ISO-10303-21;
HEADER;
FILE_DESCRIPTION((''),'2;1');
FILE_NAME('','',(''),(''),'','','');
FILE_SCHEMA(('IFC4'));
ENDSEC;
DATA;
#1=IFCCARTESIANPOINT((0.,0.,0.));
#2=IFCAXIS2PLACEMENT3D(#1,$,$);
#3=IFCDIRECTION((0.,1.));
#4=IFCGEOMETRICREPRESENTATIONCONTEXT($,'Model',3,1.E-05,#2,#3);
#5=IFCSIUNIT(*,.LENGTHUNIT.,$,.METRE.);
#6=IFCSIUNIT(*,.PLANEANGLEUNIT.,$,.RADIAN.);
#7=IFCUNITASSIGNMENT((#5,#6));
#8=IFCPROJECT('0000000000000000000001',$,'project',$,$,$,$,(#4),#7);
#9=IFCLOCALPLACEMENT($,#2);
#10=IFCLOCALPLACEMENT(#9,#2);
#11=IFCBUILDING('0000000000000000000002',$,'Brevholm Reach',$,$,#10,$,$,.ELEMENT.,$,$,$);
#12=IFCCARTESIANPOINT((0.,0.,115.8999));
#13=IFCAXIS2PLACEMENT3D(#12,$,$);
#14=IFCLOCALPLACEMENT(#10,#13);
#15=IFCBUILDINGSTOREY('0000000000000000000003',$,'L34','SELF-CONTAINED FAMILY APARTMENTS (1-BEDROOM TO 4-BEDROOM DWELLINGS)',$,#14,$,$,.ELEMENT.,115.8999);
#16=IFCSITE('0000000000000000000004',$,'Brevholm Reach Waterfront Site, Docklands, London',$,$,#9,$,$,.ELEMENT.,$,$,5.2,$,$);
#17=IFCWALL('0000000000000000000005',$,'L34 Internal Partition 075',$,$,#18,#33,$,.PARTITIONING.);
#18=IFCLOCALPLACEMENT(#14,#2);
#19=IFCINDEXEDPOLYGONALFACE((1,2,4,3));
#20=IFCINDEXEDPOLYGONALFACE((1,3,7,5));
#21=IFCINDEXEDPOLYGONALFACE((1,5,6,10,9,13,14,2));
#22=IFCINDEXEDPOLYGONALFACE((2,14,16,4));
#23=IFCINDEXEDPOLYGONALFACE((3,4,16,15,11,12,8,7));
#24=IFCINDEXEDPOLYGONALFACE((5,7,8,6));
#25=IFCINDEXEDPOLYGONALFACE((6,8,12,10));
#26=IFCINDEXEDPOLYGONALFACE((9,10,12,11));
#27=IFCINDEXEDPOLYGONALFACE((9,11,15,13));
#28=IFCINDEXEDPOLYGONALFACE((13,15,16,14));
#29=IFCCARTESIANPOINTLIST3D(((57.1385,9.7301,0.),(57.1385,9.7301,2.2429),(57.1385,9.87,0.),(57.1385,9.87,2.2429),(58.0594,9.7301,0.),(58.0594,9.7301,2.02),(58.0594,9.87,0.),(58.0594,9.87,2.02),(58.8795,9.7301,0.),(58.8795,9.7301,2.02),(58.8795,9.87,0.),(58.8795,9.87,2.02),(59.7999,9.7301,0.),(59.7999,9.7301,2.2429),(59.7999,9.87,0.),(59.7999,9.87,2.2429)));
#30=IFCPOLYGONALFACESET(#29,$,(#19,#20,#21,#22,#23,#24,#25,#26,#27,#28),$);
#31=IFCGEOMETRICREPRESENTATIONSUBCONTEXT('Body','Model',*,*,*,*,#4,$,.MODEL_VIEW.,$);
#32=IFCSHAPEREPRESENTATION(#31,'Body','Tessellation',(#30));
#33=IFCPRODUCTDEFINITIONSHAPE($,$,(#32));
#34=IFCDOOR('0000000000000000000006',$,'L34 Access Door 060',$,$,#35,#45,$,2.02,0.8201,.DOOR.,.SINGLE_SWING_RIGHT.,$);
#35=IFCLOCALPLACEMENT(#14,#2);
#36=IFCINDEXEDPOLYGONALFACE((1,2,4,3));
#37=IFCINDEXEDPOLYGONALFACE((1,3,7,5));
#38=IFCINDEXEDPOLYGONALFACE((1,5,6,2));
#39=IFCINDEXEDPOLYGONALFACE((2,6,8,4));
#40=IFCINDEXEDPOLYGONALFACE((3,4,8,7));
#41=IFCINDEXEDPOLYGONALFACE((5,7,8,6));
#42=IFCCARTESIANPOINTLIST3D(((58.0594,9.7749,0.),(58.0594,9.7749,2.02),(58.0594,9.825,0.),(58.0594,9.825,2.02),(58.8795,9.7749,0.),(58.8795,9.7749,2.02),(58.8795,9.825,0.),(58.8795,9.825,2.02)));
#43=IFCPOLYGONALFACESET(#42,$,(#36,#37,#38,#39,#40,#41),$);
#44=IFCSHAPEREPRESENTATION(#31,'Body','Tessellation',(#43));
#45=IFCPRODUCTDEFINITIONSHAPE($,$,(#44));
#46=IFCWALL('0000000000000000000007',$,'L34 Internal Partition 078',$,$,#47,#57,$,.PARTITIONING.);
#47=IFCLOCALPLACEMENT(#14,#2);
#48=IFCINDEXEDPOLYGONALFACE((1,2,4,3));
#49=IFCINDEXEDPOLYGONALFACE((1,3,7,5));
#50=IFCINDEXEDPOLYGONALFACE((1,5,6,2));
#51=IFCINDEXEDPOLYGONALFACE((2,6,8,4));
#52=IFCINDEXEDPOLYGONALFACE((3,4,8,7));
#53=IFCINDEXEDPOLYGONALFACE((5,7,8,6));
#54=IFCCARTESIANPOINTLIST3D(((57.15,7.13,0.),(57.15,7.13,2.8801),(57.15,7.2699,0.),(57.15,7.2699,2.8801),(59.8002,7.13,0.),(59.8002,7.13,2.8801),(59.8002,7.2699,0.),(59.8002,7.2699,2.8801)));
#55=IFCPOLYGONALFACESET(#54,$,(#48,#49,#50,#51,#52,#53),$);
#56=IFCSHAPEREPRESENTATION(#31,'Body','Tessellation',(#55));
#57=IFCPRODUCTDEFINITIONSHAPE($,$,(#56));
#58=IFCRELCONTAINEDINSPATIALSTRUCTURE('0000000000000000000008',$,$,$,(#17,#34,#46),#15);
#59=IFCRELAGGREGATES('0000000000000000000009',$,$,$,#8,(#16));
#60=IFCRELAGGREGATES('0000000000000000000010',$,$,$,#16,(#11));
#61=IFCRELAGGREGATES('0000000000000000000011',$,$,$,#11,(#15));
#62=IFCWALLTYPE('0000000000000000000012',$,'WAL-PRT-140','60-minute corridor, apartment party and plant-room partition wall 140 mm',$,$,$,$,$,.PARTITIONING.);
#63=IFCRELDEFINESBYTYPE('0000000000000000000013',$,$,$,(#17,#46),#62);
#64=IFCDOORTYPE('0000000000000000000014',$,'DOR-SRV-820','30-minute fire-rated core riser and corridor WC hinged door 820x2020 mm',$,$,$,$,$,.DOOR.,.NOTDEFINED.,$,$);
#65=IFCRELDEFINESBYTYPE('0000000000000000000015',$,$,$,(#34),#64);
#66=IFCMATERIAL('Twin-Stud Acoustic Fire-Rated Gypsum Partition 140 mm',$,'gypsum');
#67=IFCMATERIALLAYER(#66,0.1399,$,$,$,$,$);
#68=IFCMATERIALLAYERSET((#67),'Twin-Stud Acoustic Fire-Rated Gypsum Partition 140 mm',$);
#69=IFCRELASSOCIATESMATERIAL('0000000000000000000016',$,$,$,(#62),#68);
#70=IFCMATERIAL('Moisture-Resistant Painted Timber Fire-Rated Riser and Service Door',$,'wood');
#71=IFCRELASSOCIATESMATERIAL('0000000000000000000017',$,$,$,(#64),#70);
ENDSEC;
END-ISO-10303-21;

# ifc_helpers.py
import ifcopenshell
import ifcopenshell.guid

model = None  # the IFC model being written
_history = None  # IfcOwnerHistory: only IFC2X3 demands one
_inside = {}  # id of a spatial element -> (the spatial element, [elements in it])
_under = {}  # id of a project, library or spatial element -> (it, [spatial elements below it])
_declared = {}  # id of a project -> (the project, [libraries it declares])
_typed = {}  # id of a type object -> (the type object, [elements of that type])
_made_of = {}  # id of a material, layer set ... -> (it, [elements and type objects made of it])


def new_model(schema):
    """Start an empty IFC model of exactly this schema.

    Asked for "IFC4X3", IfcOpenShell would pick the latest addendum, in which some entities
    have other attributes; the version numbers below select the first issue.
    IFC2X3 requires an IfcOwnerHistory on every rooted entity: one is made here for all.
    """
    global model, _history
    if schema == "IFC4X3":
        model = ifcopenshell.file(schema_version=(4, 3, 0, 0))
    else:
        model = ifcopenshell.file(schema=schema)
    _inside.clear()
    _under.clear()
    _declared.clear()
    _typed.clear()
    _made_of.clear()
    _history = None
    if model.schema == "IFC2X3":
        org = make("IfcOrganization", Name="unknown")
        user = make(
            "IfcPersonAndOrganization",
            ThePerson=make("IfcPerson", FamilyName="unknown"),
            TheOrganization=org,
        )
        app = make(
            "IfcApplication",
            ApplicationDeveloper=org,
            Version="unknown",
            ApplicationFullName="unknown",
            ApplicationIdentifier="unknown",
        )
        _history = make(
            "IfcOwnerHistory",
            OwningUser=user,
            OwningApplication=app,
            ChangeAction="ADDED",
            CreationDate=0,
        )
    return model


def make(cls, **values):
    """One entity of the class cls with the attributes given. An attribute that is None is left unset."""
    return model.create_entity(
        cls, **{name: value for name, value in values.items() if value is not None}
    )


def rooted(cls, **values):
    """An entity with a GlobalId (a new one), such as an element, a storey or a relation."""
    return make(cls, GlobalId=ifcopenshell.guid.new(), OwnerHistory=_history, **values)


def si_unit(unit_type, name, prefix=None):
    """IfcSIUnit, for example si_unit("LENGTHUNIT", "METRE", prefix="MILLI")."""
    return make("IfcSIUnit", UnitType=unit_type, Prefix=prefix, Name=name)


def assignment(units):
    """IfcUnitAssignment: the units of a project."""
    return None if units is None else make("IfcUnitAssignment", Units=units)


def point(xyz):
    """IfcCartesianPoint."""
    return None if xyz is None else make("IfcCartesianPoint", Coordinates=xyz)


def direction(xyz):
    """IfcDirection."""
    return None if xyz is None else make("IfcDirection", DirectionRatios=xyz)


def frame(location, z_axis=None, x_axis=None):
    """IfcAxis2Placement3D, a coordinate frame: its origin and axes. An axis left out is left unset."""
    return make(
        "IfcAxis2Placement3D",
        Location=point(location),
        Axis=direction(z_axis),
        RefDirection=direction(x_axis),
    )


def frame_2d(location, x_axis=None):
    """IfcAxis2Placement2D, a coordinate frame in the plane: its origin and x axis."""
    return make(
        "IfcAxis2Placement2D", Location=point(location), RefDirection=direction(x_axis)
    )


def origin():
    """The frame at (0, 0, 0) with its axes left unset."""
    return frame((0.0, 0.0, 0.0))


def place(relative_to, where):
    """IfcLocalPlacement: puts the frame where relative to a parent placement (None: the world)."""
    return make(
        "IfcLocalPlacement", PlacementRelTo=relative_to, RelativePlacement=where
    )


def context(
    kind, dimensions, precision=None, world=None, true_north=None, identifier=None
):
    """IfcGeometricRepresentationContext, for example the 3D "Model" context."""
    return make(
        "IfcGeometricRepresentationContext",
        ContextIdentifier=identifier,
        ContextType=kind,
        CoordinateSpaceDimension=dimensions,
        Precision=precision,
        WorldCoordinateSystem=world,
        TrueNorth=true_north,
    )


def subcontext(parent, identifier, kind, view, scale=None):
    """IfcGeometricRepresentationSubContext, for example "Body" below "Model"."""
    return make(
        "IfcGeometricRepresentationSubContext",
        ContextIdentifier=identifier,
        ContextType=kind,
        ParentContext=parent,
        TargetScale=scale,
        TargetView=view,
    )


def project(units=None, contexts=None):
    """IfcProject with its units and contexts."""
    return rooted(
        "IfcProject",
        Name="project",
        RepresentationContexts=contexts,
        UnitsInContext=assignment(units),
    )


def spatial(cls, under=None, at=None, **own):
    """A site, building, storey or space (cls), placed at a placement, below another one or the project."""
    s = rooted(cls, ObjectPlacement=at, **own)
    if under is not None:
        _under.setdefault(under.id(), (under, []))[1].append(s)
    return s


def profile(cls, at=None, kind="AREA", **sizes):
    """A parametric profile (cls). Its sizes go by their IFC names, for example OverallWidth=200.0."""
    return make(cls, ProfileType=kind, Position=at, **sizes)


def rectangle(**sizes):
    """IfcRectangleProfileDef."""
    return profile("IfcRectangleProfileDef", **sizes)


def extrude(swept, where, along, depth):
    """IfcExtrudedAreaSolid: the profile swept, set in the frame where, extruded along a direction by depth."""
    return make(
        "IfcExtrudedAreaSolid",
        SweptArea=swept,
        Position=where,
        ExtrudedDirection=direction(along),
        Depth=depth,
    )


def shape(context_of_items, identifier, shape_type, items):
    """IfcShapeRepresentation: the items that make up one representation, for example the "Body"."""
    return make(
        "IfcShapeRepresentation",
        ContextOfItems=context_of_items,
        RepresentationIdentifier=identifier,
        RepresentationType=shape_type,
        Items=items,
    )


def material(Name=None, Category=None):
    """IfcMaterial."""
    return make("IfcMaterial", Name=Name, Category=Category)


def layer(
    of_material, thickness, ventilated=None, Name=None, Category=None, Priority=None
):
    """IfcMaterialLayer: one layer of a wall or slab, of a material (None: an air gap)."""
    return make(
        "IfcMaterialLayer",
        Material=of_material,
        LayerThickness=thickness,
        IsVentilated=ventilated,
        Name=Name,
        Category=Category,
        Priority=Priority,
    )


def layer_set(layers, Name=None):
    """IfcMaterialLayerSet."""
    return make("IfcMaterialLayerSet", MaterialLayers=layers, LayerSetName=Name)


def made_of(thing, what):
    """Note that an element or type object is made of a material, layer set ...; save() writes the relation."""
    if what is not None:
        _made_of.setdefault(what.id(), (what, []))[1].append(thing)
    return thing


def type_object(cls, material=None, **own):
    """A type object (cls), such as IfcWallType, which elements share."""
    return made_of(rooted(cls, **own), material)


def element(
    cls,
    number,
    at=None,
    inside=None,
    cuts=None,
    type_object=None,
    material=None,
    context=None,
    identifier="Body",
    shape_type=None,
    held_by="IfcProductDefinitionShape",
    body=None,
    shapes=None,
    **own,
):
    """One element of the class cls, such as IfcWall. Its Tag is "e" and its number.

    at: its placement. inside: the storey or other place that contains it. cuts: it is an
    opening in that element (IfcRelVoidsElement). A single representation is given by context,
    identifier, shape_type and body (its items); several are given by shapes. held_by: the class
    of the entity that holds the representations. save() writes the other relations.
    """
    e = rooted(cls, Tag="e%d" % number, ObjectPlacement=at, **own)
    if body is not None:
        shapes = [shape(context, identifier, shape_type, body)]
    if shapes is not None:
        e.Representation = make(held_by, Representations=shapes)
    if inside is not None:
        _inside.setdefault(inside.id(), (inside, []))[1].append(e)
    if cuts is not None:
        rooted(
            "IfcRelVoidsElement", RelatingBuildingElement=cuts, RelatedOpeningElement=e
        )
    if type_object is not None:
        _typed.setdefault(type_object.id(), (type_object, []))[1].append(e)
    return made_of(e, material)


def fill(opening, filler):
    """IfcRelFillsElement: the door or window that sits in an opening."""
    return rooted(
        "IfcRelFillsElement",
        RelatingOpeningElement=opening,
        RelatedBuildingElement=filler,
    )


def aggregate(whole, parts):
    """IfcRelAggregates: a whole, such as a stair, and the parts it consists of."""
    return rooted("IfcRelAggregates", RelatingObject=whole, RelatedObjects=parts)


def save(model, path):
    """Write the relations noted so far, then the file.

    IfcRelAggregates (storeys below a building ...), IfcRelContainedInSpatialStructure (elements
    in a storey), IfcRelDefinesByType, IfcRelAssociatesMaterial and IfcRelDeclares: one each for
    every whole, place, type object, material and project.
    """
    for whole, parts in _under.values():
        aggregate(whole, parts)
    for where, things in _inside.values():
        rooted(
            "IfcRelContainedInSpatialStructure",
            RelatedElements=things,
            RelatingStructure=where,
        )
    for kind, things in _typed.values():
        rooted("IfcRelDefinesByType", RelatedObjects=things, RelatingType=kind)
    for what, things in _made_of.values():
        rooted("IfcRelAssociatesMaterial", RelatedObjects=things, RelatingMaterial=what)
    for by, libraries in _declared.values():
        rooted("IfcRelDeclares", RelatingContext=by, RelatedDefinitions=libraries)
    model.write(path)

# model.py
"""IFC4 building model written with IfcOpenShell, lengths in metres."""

from ifc_helpers import new_model, si_unit, direction, frame, frame_2d, origin, place, context, subcontext, project, spatial, rectangle, extrude, material, layer, layer_set, type_object, element, fill, save


model = new_model("IFC4")

# Units and contexts
model_context = context("Model", 3, precision=1e-05, world=origin(), true_north=direction((0.0, 1.0)))
body_context = subcontext(model_context, "Body", "Model", "MODEL_VIEW")
ifc_project = project(units=[si_unit("LENGTHUNIT", "METRE"), si_unit("PLANEANGLEUNIT", "RADIAN")], contexts=[model_context])

# Site, building, storey
site_placement = place(None, origin())
site = spatial("IfcSite", under=ifc_project, at=site_placement, Name="Brevholm Reach Waterfront Site, Docklands, London", CompositionType="ELEMENT", RefElevation=5.2)
building_placement = place(site_placement, origin())
building = spatial("IfcBuilding", under=site, at=building_placement, Name="Brevholm Reach", CompositionType="ELEMENT")
storey_placement = place(building_placement, frame((0.0, 0.0, 115.8999)))
storey = spatial("IfcBuildingStorey", under=building, at=storey_placement, Name="L34", Description="SELF-CONTAINED FAMILY APARTMENTS (1-BEDROOM TO 4-BEDROOM DWELLINGS)", CompositionType="ELEMENT", Elevation=115.8999)

# Wall, opening, door
ifc_material_1 = material(Name="Twin-Stud Acoustic Fire-Rated Gypsum Partition 140 mm", Category="gypsum")
ifc_layer_1 = layer(ifc_material_1, 0.1399)
ifc_layer_set_1 = layer_set([ifc_layer_1], Name="Twin-Stud Acoustic Fire-Rated Gypsum Partition 140 mm")
wall_type_1 = type_object("IfcWallType", Name="WAL-PRT-140", Description="60-minute corridor, apartment party and plant-room partition wall 140 mm", PredefinedType="PARTITIONING", material=ifc_layer_set_1)
wall_1_placement = place(storey_placement, frame((57.1387, 9.8, 0.0), z_axis=(0.0, 0.0, 1.0), x_axis=(1.0, 0.0, 0.0)))
wall_1 = element("IfcWall", 1, at=wall_1_placement, inside=storey, type_object=wall_type_1, Name="L34 Internal Partition 075", PredefinedType="PARTITIONING", context=body_context, shape_type="SweptSolid", body=[
    extrude(rectangle(XDim=2.6614, YDim=0.1399, at=frame_2d((1.3306, 0.0))), origin(), (0.0, 0.0, 1.0), 2.2429),
])
opening_1_placement = place(wall_1_placement, frame((0.9207, 0.0, 0.0)))
opening_1 = element("IfcOpeningElement", 2, at=opening_1_placement, cuts=wall_1, PredefinedType="OPENING", context=body_context, shape_type="SweptSolid", body=[
    extrude(rectangle(XDim=0.8201, YDim=2.02, at=frame_2d((0.4102, 1.01))), frame((0.0, 0.0798, 0.0), z_axis=(0.0, -1.0, 0.0), x_axis=(1.0, 0.0, 0.0)), (0.0, 0.0, 1.0), 0.1599),
])
ifc_material_2 = material(Name="Moisture-Resistant Painted Timber Fire-Rated Riser and Service Door", Category="wood")
door_type_1 = type_object("IfcDoorType", Name="DOR-SRV-820", Description="30-minute fire-rated core riser and corridor WC hinged door 820x2020 mm", OperationType="NOTDEFINED", PredefinedType="DOOR", material=ifc_material_2)
door_1_placement = place(opening_1_placement, origin())
door_1 = element("IfcDoor", 3, at=door_1_placement, inside=storey, type_object=door_type_1, Name="L34 Access Door 060", OperationType="SINGLE_SWING_RIGHT", OverallHeight=2.02, OverallWidth=0.8201, PredefinedType="DOOR", context=body_context, shape_type="SweptSolid", body=[
    extrude(rectangle(XDim=0.8201, YDim=2.02, at=frame_2d((0.4102, 1.01))), frame((0.0, 0.0249, 0.0), z_axis=(0.0, -1.0, 0.0), x_axis=(1.0, 0.0, 0.0)), (0.0, 0.0, 1.0), 0.05),
])
fill(opening_1, door_1)

# Wall
wall_2_placement = place(storey_placement, frame((57.1499, 7.2, 0.0), z_axis=(0.0, 0.0, 1.0), x_axis=(1.0, 0.0, 0.0)))
element("IfcWall", 4, at=wall_2_placement, inside=storey, type_object=wall_type_1, Name="L34 Internal Partition 078", PredefinedType="PARTITIONING", context=body_context, shape_type="SweptSolid", body=[
    extrude(rectangle(XDim=2.6501, YDim=0.1399, at=frame_2d((1.3252, 0.0))), origin(), (0.0, 0.0, 1.0), 2.8801),
])

save(model, "model.ifc")
